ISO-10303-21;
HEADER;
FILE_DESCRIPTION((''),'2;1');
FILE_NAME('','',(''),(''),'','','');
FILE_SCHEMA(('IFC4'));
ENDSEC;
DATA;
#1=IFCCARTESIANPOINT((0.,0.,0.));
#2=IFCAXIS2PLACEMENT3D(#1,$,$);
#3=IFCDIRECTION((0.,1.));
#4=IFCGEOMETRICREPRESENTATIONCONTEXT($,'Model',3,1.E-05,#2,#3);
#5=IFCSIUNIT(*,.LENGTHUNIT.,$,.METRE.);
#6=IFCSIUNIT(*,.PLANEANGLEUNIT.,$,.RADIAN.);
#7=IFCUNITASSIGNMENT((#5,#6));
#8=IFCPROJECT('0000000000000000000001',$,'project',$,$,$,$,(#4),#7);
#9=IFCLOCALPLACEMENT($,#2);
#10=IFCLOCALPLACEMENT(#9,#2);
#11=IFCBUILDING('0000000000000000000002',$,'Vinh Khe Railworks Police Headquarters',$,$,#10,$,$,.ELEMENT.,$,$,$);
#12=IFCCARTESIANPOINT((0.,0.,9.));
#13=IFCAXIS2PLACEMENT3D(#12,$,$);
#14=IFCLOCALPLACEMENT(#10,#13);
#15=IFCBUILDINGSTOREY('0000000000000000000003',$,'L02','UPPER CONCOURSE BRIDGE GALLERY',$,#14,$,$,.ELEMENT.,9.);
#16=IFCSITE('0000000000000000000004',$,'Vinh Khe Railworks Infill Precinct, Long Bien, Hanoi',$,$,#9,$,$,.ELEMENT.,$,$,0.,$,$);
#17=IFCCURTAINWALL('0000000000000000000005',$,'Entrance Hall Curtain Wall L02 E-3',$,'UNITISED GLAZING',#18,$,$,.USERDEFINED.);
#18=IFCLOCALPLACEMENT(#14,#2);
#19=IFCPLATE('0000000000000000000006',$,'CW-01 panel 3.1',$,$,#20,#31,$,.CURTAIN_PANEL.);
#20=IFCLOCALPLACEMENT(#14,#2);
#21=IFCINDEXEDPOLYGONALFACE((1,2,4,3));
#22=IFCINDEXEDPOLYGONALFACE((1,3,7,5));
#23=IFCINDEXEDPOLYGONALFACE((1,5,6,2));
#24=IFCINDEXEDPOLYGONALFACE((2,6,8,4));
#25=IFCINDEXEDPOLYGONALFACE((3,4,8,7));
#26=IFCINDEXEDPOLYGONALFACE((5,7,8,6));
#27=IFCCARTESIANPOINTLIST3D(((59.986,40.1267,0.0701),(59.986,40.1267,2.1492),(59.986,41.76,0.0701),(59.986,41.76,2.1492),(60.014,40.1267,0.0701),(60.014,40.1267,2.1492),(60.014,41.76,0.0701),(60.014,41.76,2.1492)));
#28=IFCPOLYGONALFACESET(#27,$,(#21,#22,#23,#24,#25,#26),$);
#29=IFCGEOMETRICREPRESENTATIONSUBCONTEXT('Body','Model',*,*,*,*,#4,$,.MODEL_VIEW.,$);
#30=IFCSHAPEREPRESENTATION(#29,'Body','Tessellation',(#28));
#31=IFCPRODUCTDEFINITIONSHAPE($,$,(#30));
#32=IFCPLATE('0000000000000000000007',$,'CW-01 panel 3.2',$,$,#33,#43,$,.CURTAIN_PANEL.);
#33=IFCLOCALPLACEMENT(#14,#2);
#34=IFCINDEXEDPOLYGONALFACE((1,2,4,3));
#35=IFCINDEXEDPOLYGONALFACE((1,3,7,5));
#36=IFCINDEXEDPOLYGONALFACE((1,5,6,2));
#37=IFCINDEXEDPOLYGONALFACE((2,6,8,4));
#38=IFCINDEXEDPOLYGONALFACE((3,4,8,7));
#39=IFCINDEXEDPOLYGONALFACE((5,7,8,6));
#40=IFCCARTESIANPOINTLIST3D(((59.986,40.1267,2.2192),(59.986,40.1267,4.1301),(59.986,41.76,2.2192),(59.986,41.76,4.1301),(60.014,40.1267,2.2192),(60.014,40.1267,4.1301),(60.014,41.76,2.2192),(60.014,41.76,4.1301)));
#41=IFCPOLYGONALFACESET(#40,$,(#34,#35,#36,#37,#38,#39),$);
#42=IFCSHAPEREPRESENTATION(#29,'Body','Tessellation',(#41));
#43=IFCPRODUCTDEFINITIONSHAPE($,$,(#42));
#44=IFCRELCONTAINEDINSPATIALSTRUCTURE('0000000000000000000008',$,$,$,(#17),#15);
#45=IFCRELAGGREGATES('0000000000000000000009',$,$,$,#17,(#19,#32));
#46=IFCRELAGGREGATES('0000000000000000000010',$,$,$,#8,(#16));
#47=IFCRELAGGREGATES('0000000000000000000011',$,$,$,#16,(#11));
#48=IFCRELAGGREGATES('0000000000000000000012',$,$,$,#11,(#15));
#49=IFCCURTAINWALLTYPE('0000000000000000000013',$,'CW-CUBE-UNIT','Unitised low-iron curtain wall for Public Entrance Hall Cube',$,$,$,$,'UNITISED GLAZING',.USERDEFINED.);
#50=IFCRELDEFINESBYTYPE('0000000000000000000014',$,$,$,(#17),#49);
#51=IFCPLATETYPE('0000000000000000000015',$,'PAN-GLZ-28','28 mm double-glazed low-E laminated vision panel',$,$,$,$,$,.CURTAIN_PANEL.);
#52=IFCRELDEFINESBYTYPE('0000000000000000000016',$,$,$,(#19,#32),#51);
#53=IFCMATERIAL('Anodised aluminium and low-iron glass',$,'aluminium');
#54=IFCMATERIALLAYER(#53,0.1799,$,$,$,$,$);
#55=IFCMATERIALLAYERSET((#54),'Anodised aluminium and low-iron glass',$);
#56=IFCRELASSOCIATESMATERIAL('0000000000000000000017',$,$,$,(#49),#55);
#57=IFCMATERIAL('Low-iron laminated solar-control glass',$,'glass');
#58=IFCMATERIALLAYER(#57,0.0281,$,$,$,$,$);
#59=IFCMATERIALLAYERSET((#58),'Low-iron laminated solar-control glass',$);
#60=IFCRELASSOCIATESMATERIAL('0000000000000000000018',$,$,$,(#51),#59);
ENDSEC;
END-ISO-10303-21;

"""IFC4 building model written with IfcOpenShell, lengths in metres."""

from ifc_helpers import new_model, si_unit, direction, frame, origin, origin_2d, place, context, subcontext, project, spatial, rectangle, extrude, material, layer, layer_set, type_object, element, aggregate, save


model = new_model("IFC4")

# Units and contexts
model_context = context("Model", 3, precision=1e-05, world=origin(), true_north=direction((0.0, 1.0)))
body_context = subcontext(model_context, "Body", "Model", "MODEL_VIEW")
ifc_project = project(units=[si_unit("LENGTHUNIT", "METRE"), si_unit("PLANEANGLEUNIT", "RADIAN")], contexts=[model_context])

# Site, building, storey
site_placement = place(None, origin())
site = spatial("IfcSite", under=ifc_project, at=site_placement, Name="Vinh Khe Railworks Infill Precinct, Long Bien, Hanoi", CompositionType="ELEMENT", RefElevation=0.0)
building_placement = place(site_placement, origin())
building = spatial("IfcBuilding", under=site, at=building_placement, Name="Vinh Khe Railworks Police Headquarters", CompositionType="ELEMENT")
storey_placement = place(building_placement, frame((0.0, 0.0, 9.0)))
storey = spatial("IfcBuildingStorey", under=building, at=storey_placement, Name="L02", Description="UPPER CONCOURSE BRIDGE GALLERY", CompositionType="ELEMENT", Elevation=9.0)

# Curtain wall
ifc_material_1 = material(Name="Anodised aluminium and low-iron glass", Category="aluminium")
ifc_layer_1 = layer(ifc_material_1, 0.1799)
ifc_layer_set_1 = layer_set([ifc_layer_1], Name="Anodised aluminium and low-iron glass")
curtain_wall_type = type_object("IfcCurtainWallType", Name="CW-CUBE-UNIT", Description="Unitised low-iron curtain wall for Public Entrance Hall Cube", ElementType="UNITISED GLAZING", PredefinedType="USERDEFINED", material=ifc_layer_set_1)
curtain_wall_placement = place(storey_placement, origin())
curtain_wall = element("IfcCurtainWall", 1, at=curtain_wall_placement, inside=storey, type_object=curtain_wall_type, Name="Entrance Hall Curtain Wall L02 E-3", ObjectType="UNITISED GLAZING", PredefinedType="USERDEFINED")

# Plates
ifc_material_2 = material(Name="Low-iron laminated solar-control glass", Category="glass")
ifc_layer_2 = layer(ifc_material_2, 0.0281)
ifc_layer_set_2 = layer_set([ifc_layer_2], Name="Low-iron laminated solar-control glass")
plate_type = type_object("IfcPlateType", Name="PAN-GLZ-28", Description="28 mm double-glazed low-E laminated vision panel", PredefinedType="CURTAIN_PANEL", material=ifc_layer_set_2)
plate_1_placement = place(storey_placement, frame((60.0, 40.9434, 0.0701), z_axis=(0.0, 0.0, 1.0), x_axis=(0.0, 1.0, 0.0)))
plate_1 = element("IfcPlate", 2, at=plate_1_placement, type_object=plate_type, Name="CW-01 panel 3.1", PredefinedType="CURTAIN_PANEL", context=body_context, shape_type="SweptSolid", body=[
    extrude(rectangle(XDim=1.6333, YDim=0.0281, at=origin_2d()), origin(), (0.0, 0.0, 1.0), 2.0791),
])
plate_2_placement = place(storey_placement, frame((60.0, 40.9434, 2.2192), z_axis=(0.0, 0.0, 1.0), x_axis=(0.0, 1.0, 0.0)))
plate_2 = element("IfcPlate", 3, at=plate_2_placement, type_object=plate_type, Name="CW-01 panel 3.2", PredefinedType="CURTAIN_PANEL", context=body_context, shape_type="SweptSolid", body=[
    extrude(rectangle(XDim=1.6333, YDim=0.0281, at=origin_2d()), origin(), (0.0, 0.0, 1.0), 1.9109),
])
aggregate(curtain_wall, [plate_1, plate_2])

save(model, "model.ifc")
